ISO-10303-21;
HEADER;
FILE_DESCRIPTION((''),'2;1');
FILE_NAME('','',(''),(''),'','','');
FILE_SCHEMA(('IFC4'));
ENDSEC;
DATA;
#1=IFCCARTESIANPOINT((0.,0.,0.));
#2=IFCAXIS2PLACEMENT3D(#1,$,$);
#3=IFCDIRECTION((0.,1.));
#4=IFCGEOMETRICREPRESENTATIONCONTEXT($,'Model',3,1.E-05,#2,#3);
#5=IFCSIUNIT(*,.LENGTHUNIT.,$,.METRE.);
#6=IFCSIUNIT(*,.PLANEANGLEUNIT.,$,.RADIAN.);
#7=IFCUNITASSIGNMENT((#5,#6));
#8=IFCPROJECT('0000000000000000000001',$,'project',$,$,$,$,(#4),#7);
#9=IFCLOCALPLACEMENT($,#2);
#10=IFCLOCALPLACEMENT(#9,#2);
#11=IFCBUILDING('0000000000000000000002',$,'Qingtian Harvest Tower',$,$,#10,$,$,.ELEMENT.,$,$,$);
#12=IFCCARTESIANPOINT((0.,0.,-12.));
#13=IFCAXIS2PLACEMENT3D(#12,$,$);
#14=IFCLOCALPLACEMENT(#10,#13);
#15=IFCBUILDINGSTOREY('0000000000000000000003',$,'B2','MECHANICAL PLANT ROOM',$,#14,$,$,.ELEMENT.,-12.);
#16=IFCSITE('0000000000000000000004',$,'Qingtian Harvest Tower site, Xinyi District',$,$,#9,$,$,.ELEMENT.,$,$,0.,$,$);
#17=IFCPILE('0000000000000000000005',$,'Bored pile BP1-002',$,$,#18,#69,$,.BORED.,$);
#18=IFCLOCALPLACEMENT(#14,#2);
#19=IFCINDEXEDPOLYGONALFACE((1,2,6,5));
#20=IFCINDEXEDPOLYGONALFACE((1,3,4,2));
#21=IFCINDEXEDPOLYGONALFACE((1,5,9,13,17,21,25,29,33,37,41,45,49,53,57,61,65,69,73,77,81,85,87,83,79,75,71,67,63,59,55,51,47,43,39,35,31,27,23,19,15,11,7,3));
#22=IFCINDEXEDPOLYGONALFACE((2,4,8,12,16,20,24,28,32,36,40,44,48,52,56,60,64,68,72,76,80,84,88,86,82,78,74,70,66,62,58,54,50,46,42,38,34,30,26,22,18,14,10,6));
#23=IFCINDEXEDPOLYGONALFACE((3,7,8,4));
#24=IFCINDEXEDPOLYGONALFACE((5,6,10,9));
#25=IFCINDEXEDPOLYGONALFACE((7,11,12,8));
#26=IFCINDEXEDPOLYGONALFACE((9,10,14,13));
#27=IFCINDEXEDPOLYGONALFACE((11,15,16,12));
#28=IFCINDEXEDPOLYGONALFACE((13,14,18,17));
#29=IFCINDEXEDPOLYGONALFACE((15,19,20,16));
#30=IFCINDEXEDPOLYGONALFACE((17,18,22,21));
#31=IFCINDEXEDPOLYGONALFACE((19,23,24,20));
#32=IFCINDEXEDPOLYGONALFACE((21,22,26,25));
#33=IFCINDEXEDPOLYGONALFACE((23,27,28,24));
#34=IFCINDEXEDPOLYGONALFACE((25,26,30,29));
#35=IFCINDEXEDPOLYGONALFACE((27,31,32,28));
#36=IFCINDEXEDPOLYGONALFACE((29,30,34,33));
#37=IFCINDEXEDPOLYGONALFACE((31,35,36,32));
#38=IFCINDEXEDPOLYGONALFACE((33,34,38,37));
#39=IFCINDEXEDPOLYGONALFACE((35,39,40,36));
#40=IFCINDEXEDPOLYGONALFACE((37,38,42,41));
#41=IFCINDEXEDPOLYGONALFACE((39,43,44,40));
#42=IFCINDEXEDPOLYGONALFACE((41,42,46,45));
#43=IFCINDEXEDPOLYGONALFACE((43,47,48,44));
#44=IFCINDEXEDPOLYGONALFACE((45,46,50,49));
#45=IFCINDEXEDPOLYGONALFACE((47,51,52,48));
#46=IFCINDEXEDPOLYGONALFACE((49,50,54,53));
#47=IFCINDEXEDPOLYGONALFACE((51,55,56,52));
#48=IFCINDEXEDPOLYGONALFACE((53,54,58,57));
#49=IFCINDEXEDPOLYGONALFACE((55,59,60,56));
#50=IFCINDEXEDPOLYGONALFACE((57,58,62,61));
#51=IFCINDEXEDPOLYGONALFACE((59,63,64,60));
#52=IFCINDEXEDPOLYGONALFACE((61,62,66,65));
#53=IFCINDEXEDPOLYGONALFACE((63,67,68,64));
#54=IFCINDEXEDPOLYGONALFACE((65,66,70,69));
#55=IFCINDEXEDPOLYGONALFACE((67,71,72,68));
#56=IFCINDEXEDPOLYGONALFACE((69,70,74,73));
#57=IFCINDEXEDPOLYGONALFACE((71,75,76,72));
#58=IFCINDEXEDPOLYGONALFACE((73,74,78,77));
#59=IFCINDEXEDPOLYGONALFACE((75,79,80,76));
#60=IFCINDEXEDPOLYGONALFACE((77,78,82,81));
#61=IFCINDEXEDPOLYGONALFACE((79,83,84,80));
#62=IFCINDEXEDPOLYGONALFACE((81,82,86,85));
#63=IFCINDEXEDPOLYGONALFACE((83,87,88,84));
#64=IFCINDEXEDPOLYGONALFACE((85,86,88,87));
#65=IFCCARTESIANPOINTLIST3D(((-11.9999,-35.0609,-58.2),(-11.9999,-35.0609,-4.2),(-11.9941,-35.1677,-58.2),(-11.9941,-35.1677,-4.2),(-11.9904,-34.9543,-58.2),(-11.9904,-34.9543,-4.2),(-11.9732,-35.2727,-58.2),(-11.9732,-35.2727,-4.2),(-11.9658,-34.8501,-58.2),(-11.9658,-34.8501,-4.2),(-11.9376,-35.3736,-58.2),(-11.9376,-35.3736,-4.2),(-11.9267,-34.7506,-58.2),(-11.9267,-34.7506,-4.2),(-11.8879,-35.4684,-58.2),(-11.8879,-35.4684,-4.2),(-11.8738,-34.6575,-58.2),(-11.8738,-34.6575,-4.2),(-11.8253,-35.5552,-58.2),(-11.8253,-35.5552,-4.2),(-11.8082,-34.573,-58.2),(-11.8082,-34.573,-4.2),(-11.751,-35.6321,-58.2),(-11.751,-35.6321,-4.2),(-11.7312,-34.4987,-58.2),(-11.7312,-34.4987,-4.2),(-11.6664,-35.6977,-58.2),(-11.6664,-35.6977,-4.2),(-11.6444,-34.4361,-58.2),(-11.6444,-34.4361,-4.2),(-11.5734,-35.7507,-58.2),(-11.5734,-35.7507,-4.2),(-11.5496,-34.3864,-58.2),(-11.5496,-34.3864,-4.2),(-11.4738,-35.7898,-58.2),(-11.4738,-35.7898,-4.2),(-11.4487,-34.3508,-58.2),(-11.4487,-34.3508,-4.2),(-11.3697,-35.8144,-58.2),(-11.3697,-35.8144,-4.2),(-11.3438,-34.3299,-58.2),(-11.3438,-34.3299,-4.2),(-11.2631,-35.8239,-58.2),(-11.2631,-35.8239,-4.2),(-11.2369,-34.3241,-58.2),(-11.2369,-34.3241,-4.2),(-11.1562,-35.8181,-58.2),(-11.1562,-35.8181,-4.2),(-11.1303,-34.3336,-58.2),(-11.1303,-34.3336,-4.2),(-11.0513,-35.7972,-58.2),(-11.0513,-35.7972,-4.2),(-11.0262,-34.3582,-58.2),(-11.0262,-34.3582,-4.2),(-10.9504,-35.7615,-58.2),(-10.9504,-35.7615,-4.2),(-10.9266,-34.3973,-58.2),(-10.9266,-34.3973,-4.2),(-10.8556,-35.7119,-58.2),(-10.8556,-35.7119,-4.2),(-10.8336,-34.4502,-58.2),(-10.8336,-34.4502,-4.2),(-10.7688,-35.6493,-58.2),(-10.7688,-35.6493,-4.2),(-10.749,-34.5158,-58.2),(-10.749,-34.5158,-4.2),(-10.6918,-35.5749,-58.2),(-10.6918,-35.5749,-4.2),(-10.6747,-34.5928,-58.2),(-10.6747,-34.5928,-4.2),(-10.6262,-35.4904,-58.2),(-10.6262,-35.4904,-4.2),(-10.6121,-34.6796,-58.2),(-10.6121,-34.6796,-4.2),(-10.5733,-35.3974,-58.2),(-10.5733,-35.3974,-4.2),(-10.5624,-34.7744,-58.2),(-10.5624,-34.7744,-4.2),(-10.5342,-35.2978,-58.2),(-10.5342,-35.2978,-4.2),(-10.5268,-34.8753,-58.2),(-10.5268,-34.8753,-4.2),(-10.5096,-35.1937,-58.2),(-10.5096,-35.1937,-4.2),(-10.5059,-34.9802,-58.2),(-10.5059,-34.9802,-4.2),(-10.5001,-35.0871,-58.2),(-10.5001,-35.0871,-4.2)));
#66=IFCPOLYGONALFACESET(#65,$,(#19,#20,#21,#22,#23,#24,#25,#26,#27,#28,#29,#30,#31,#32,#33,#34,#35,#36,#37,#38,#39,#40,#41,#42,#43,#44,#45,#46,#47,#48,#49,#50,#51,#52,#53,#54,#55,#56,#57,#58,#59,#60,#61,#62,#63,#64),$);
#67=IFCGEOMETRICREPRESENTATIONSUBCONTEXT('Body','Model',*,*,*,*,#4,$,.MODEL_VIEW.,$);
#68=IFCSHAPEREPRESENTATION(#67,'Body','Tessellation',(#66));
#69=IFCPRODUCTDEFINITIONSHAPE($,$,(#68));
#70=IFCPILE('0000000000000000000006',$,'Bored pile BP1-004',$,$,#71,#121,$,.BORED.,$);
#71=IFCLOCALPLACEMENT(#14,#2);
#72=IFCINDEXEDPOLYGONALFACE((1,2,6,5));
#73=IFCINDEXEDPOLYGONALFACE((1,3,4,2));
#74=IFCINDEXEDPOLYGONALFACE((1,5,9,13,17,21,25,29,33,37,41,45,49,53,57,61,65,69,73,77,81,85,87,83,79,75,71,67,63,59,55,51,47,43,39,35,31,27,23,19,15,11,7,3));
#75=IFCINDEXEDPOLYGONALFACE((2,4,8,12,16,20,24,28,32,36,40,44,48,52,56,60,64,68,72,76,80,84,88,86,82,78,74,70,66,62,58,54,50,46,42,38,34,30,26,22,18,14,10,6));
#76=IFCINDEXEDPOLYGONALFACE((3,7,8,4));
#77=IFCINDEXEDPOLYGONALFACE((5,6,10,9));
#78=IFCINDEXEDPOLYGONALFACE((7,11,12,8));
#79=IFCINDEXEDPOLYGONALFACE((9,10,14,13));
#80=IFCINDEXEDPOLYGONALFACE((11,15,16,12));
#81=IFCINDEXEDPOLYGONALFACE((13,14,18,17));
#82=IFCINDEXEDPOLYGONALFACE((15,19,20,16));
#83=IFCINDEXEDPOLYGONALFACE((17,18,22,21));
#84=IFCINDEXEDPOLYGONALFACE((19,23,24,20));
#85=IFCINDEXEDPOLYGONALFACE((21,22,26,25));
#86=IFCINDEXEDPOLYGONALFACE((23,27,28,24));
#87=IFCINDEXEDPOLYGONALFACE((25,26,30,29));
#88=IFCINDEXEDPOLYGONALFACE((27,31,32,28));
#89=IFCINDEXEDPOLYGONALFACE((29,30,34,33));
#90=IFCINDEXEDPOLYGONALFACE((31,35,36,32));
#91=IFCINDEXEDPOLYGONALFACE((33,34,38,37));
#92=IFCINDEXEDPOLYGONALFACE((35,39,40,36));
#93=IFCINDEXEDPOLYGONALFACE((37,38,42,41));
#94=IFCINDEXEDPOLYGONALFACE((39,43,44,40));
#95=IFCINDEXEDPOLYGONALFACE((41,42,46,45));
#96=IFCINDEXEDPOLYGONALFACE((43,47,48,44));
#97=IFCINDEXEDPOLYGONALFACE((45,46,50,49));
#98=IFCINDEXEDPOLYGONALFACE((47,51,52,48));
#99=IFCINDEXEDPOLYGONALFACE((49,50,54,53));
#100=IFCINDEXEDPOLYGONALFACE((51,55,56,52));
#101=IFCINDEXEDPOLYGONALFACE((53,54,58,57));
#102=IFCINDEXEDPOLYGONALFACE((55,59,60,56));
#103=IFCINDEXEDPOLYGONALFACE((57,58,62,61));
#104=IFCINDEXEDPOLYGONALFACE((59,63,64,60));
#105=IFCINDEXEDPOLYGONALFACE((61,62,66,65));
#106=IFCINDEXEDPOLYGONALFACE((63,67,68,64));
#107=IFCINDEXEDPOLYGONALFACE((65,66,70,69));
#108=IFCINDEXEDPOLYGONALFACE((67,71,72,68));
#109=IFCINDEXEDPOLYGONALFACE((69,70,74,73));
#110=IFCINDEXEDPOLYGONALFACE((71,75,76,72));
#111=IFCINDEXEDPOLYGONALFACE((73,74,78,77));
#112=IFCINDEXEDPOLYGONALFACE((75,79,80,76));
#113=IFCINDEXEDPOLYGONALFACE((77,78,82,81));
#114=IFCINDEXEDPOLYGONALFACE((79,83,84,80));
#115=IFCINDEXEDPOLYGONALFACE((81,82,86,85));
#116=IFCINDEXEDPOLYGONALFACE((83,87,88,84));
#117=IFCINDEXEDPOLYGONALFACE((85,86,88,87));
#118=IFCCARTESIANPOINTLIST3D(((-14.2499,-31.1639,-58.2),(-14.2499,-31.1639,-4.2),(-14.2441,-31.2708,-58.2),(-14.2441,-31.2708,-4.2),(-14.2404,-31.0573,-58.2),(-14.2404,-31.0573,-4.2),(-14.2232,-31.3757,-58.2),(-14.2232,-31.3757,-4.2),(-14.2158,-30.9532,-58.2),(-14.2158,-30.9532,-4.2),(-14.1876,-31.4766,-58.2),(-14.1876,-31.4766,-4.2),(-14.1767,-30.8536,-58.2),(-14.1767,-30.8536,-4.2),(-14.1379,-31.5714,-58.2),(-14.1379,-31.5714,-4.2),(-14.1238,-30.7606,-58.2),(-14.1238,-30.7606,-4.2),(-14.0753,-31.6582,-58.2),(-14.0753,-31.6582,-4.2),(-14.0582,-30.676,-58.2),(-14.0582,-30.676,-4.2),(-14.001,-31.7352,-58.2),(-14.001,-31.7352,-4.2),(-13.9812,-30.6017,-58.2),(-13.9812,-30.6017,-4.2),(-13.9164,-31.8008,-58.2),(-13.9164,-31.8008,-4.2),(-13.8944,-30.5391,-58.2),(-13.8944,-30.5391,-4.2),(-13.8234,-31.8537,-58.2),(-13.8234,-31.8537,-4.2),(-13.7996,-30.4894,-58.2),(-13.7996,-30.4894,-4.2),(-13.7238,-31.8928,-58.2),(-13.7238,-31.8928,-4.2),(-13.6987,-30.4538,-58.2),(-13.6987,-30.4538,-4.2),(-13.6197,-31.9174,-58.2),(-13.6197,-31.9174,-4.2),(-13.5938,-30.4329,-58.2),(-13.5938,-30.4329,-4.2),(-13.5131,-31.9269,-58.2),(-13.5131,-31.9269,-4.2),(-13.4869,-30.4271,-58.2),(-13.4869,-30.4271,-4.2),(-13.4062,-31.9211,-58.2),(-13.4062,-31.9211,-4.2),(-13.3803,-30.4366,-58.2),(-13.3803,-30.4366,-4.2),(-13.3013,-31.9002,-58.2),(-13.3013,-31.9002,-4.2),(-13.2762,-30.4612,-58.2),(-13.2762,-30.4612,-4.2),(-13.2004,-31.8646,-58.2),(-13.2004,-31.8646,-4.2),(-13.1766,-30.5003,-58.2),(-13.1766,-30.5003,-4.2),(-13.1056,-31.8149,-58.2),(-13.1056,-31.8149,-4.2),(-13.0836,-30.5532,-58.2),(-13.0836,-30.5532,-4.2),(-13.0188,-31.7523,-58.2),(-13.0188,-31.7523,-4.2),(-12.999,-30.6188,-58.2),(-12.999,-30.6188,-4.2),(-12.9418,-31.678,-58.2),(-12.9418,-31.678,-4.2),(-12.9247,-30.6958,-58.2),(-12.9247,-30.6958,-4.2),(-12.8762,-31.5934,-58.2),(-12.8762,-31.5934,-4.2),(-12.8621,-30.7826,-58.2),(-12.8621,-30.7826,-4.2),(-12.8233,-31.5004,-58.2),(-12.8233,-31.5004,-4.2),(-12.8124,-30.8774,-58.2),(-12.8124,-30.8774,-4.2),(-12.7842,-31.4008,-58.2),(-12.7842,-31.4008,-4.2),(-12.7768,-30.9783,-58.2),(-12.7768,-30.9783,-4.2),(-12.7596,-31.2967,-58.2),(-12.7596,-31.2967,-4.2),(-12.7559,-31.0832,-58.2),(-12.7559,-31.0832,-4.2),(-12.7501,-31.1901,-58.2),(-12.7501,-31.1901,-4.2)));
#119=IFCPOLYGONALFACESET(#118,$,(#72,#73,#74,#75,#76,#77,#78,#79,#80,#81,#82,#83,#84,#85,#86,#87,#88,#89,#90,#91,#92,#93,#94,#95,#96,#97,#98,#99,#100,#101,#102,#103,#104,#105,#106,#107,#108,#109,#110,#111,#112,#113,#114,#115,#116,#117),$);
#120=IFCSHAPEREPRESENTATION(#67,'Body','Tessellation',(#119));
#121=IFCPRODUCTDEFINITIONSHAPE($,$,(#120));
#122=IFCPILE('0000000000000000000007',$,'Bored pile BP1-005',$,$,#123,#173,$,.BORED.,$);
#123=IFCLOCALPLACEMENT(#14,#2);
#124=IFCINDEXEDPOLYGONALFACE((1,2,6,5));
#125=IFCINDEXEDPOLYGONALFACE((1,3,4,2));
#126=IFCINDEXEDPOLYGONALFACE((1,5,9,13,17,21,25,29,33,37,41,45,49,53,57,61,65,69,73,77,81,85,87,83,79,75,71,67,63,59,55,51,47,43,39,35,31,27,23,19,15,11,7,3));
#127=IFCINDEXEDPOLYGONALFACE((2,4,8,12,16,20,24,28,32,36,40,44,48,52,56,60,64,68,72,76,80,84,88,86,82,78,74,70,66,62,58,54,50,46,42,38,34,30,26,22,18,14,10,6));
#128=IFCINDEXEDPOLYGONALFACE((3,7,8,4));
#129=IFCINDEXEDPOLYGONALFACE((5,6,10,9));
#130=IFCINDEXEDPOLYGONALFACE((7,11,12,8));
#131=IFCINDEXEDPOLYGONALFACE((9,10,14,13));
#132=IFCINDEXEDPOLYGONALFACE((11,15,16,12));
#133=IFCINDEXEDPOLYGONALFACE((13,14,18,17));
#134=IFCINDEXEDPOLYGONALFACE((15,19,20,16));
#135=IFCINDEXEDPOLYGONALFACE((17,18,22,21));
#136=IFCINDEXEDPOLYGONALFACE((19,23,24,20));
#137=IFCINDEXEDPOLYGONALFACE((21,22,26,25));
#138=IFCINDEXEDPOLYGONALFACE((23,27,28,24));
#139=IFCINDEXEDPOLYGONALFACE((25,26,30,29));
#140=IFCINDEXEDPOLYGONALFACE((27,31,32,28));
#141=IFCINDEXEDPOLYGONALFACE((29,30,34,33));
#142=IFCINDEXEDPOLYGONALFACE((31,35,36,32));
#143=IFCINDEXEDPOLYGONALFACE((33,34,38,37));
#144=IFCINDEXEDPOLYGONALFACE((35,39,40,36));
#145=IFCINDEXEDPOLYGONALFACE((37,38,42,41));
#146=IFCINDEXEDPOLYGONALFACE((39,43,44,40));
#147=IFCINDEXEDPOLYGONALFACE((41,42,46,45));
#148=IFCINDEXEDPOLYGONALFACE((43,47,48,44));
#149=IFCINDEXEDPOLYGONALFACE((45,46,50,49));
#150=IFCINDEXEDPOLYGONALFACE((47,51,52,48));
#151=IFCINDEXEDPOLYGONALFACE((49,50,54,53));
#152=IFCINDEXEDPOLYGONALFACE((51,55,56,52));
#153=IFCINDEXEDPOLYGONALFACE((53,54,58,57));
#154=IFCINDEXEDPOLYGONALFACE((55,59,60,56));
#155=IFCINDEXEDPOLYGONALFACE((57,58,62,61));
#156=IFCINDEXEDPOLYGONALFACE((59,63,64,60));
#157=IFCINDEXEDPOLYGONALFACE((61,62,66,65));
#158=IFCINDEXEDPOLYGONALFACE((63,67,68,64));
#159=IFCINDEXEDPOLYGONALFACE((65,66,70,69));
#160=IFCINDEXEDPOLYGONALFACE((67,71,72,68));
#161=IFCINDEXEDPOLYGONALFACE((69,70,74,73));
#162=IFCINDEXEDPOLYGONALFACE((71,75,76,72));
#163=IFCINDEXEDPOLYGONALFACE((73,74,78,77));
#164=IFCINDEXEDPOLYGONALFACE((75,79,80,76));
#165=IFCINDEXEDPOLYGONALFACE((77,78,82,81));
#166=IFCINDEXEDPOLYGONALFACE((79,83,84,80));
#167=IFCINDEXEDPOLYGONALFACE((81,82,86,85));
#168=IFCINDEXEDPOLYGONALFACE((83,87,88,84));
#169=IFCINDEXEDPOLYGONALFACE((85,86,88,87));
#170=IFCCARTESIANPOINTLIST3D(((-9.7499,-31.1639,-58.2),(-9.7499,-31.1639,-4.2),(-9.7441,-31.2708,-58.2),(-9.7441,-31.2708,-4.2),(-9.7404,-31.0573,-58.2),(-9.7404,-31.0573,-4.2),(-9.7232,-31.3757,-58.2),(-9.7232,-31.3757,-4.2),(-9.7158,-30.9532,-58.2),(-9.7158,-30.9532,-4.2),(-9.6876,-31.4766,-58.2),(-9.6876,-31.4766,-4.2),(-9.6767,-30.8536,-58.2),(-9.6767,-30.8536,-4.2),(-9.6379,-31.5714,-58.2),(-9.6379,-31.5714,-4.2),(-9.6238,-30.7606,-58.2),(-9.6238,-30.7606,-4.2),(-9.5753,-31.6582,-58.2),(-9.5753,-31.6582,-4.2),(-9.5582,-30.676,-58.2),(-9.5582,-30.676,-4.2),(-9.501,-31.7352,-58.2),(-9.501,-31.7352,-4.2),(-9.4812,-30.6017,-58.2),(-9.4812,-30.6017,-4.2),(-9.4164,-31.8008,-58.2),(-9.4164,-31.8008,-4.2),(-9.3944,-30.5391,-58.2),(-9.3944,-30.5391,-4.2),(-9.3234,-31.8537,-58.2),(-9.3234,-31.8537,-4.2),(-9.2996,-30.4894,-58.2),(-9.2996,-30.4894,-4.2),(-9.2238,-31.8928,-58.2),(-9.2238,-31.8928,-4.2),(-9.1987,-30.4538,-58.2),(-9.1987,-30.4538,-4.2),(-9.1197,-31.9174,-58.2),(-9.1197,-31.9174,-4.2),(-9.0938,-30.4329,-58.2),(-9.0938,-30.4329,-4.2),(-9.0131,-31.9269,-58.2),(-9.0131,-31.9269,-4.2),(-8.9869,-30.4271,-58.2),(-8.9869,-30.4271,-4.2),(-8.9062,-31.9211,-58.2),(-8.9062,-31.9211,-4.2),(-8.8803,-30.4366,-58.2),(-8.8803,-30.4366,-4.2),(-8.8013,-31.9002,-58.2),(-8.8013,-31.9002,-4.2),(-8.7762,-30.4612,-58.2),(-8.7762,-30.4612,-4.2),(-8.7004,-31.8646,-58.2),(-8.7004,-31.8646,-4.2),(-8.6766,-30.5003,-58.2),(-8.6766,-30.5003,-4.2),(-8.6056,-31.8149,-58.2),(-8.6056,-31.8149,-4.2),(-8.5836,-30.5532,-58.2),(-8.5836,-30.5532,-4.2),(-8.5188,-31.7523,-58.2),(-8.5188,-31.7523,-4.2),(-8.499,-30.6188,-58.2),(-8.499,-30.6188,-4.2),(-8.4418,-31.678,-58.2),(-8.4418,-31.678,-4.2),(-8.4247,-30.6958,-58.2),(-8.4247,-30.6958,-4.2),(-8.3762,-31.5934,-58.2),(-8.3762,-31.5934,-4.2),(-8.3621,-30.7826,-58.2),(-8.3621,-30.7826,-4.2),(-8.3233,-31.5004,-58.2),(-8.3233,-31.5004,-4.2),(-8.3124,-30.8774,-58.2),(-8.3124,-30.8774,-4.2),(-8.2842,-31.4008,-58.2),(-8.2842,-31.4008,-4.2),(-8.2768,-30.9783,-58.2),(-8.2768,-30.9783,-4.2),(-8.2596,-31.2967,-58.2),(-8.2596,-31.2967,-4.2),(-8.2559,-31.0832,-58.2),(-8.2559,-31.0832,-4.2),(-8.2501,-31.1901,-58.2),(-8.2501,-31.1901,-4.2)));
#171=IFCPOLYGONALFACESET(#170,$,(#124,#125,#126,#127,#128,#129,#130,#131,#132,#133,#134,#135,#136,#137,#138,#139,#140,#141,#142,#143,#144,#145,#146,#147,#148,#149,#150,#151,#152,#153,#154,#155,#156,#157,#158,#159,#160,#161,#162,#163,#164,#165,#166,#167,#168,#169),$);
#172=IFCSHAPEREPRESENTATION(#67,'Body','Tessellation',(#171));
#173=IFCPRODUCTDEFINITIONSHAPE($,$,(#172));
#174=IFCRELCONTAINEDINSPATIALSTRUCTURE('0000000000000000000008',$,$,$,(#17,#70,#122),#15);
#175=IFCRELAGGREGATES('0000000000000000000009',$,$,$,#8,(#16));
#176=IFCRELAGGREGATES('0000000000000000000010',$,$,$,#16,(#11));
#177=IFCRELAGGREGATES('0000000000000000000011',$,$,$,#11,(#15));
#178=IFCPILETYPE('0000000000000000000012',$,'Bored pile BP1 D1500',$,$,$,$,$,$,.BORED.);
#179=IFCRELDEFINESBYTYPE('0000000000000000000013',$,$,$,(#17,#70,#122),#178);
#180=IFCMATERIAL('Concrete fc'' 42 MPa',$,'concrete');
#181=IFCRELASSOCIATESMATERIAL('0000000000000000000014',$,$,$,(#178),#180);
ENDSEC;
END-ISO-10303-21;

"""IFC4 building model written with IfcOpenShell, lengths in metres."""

from ifc_helpers import new_model, si_unit, direction, frame, frame_2d, origin, place, context, subcontext, project, spatial, circle, extrude, material, material_profile, profile_set, type_object, element, save


model = new_model("IFC4")

# Units and contexts
model_context = context("Model", 3, precision=1e-05, world=origin(), true_north=direction((0.0, 1.0)))
body_context = subcontext(model_context, "Body", "Model", "MODEL_VIEW")
ifc_project = project(units=[si_unit("LENGTHUNIT", "METRE"), si_unit("PLANEANGLEUNIT", "RADIAN")], contexts=[model_context])

# Site, building, storey
site_placement = place(None, origin())
site = spatial("IfcSite", under=ifc_project, at=site_placement, Name="Qingtian Harvest Tower site, Xinyi District", CompositionType="ELEMENT", RefElevation=0.0)
building_placement = place(site_placement, origin())
building = spatial("IfcBuilding", under=site, at=building_placement, Name="Qingtian Harvest Tower", CompositionType="ELEMENT")
storey_placement = place(building_placement, frame((0.0, 0.0, -12.0)))
storey = spatial("IfcBuildingStorey", under=building, at=storey_placement, Name="B2", Description="MECHANICAL PLANT ROOM", CompositionType="ELEMENT", Elevation=-12.0)

# Piles
ifc_material_1 = material(Name="Concrete fc' 42 MPa", Category="concrete")
ifc_material_profile_1 = material_profile(ifc_material_1, circle(Radius=0.75, at=frame_2d((0.0, 0.0), x_axis=(0.999848, 0.017452))), Name="Bored pile BP1 D1500")
ifc_profile_set_1 = profile_set([ifc_material_profile_1], Name="Concrete fc' 42 MPa")
pile_type = type_object("IfcPileType", Name="Bored pile BP1 D1500", PredefinedType="BORED", material=ifc_profile_set_1)
for number, where, z_axis, x_axis, name in (
    (1, (-11.25, -35.074, -4.2), (0.0, 0.0, -1.0), (1.0, 0.0, 0.0), "Bored pile BP1-002"),
    (2, (-13.5, -31.177, -4.2), (0.0, 0.0, -1.0), (1.0, 0.0, 0.0), "Bored pile BP1-004"),
    (3, (-9.0, -31.177, -4.2), (0.0, 0.0, -1.0), (1.0, 0.0, 0.0), "Bored pile BP1-005"),
):
    element("IfcPile", number, at=place(storey_placement, frame(where, z_axis=z_axis, x_axis=x_axis)), inside=storey, type_object=pile_type, Name=name, PredefinedType="BORED", context=body_context, shape_type="SweptSolid", body=[
        extrude(circle(Radius=0.75, at=frame_2d((0.0, 0.0), x_axis=(0.999848, 0.017452))), origin(), (0.0, 0.0, 1.0), 54.0),
    ])

save(model, "model.ifc")
